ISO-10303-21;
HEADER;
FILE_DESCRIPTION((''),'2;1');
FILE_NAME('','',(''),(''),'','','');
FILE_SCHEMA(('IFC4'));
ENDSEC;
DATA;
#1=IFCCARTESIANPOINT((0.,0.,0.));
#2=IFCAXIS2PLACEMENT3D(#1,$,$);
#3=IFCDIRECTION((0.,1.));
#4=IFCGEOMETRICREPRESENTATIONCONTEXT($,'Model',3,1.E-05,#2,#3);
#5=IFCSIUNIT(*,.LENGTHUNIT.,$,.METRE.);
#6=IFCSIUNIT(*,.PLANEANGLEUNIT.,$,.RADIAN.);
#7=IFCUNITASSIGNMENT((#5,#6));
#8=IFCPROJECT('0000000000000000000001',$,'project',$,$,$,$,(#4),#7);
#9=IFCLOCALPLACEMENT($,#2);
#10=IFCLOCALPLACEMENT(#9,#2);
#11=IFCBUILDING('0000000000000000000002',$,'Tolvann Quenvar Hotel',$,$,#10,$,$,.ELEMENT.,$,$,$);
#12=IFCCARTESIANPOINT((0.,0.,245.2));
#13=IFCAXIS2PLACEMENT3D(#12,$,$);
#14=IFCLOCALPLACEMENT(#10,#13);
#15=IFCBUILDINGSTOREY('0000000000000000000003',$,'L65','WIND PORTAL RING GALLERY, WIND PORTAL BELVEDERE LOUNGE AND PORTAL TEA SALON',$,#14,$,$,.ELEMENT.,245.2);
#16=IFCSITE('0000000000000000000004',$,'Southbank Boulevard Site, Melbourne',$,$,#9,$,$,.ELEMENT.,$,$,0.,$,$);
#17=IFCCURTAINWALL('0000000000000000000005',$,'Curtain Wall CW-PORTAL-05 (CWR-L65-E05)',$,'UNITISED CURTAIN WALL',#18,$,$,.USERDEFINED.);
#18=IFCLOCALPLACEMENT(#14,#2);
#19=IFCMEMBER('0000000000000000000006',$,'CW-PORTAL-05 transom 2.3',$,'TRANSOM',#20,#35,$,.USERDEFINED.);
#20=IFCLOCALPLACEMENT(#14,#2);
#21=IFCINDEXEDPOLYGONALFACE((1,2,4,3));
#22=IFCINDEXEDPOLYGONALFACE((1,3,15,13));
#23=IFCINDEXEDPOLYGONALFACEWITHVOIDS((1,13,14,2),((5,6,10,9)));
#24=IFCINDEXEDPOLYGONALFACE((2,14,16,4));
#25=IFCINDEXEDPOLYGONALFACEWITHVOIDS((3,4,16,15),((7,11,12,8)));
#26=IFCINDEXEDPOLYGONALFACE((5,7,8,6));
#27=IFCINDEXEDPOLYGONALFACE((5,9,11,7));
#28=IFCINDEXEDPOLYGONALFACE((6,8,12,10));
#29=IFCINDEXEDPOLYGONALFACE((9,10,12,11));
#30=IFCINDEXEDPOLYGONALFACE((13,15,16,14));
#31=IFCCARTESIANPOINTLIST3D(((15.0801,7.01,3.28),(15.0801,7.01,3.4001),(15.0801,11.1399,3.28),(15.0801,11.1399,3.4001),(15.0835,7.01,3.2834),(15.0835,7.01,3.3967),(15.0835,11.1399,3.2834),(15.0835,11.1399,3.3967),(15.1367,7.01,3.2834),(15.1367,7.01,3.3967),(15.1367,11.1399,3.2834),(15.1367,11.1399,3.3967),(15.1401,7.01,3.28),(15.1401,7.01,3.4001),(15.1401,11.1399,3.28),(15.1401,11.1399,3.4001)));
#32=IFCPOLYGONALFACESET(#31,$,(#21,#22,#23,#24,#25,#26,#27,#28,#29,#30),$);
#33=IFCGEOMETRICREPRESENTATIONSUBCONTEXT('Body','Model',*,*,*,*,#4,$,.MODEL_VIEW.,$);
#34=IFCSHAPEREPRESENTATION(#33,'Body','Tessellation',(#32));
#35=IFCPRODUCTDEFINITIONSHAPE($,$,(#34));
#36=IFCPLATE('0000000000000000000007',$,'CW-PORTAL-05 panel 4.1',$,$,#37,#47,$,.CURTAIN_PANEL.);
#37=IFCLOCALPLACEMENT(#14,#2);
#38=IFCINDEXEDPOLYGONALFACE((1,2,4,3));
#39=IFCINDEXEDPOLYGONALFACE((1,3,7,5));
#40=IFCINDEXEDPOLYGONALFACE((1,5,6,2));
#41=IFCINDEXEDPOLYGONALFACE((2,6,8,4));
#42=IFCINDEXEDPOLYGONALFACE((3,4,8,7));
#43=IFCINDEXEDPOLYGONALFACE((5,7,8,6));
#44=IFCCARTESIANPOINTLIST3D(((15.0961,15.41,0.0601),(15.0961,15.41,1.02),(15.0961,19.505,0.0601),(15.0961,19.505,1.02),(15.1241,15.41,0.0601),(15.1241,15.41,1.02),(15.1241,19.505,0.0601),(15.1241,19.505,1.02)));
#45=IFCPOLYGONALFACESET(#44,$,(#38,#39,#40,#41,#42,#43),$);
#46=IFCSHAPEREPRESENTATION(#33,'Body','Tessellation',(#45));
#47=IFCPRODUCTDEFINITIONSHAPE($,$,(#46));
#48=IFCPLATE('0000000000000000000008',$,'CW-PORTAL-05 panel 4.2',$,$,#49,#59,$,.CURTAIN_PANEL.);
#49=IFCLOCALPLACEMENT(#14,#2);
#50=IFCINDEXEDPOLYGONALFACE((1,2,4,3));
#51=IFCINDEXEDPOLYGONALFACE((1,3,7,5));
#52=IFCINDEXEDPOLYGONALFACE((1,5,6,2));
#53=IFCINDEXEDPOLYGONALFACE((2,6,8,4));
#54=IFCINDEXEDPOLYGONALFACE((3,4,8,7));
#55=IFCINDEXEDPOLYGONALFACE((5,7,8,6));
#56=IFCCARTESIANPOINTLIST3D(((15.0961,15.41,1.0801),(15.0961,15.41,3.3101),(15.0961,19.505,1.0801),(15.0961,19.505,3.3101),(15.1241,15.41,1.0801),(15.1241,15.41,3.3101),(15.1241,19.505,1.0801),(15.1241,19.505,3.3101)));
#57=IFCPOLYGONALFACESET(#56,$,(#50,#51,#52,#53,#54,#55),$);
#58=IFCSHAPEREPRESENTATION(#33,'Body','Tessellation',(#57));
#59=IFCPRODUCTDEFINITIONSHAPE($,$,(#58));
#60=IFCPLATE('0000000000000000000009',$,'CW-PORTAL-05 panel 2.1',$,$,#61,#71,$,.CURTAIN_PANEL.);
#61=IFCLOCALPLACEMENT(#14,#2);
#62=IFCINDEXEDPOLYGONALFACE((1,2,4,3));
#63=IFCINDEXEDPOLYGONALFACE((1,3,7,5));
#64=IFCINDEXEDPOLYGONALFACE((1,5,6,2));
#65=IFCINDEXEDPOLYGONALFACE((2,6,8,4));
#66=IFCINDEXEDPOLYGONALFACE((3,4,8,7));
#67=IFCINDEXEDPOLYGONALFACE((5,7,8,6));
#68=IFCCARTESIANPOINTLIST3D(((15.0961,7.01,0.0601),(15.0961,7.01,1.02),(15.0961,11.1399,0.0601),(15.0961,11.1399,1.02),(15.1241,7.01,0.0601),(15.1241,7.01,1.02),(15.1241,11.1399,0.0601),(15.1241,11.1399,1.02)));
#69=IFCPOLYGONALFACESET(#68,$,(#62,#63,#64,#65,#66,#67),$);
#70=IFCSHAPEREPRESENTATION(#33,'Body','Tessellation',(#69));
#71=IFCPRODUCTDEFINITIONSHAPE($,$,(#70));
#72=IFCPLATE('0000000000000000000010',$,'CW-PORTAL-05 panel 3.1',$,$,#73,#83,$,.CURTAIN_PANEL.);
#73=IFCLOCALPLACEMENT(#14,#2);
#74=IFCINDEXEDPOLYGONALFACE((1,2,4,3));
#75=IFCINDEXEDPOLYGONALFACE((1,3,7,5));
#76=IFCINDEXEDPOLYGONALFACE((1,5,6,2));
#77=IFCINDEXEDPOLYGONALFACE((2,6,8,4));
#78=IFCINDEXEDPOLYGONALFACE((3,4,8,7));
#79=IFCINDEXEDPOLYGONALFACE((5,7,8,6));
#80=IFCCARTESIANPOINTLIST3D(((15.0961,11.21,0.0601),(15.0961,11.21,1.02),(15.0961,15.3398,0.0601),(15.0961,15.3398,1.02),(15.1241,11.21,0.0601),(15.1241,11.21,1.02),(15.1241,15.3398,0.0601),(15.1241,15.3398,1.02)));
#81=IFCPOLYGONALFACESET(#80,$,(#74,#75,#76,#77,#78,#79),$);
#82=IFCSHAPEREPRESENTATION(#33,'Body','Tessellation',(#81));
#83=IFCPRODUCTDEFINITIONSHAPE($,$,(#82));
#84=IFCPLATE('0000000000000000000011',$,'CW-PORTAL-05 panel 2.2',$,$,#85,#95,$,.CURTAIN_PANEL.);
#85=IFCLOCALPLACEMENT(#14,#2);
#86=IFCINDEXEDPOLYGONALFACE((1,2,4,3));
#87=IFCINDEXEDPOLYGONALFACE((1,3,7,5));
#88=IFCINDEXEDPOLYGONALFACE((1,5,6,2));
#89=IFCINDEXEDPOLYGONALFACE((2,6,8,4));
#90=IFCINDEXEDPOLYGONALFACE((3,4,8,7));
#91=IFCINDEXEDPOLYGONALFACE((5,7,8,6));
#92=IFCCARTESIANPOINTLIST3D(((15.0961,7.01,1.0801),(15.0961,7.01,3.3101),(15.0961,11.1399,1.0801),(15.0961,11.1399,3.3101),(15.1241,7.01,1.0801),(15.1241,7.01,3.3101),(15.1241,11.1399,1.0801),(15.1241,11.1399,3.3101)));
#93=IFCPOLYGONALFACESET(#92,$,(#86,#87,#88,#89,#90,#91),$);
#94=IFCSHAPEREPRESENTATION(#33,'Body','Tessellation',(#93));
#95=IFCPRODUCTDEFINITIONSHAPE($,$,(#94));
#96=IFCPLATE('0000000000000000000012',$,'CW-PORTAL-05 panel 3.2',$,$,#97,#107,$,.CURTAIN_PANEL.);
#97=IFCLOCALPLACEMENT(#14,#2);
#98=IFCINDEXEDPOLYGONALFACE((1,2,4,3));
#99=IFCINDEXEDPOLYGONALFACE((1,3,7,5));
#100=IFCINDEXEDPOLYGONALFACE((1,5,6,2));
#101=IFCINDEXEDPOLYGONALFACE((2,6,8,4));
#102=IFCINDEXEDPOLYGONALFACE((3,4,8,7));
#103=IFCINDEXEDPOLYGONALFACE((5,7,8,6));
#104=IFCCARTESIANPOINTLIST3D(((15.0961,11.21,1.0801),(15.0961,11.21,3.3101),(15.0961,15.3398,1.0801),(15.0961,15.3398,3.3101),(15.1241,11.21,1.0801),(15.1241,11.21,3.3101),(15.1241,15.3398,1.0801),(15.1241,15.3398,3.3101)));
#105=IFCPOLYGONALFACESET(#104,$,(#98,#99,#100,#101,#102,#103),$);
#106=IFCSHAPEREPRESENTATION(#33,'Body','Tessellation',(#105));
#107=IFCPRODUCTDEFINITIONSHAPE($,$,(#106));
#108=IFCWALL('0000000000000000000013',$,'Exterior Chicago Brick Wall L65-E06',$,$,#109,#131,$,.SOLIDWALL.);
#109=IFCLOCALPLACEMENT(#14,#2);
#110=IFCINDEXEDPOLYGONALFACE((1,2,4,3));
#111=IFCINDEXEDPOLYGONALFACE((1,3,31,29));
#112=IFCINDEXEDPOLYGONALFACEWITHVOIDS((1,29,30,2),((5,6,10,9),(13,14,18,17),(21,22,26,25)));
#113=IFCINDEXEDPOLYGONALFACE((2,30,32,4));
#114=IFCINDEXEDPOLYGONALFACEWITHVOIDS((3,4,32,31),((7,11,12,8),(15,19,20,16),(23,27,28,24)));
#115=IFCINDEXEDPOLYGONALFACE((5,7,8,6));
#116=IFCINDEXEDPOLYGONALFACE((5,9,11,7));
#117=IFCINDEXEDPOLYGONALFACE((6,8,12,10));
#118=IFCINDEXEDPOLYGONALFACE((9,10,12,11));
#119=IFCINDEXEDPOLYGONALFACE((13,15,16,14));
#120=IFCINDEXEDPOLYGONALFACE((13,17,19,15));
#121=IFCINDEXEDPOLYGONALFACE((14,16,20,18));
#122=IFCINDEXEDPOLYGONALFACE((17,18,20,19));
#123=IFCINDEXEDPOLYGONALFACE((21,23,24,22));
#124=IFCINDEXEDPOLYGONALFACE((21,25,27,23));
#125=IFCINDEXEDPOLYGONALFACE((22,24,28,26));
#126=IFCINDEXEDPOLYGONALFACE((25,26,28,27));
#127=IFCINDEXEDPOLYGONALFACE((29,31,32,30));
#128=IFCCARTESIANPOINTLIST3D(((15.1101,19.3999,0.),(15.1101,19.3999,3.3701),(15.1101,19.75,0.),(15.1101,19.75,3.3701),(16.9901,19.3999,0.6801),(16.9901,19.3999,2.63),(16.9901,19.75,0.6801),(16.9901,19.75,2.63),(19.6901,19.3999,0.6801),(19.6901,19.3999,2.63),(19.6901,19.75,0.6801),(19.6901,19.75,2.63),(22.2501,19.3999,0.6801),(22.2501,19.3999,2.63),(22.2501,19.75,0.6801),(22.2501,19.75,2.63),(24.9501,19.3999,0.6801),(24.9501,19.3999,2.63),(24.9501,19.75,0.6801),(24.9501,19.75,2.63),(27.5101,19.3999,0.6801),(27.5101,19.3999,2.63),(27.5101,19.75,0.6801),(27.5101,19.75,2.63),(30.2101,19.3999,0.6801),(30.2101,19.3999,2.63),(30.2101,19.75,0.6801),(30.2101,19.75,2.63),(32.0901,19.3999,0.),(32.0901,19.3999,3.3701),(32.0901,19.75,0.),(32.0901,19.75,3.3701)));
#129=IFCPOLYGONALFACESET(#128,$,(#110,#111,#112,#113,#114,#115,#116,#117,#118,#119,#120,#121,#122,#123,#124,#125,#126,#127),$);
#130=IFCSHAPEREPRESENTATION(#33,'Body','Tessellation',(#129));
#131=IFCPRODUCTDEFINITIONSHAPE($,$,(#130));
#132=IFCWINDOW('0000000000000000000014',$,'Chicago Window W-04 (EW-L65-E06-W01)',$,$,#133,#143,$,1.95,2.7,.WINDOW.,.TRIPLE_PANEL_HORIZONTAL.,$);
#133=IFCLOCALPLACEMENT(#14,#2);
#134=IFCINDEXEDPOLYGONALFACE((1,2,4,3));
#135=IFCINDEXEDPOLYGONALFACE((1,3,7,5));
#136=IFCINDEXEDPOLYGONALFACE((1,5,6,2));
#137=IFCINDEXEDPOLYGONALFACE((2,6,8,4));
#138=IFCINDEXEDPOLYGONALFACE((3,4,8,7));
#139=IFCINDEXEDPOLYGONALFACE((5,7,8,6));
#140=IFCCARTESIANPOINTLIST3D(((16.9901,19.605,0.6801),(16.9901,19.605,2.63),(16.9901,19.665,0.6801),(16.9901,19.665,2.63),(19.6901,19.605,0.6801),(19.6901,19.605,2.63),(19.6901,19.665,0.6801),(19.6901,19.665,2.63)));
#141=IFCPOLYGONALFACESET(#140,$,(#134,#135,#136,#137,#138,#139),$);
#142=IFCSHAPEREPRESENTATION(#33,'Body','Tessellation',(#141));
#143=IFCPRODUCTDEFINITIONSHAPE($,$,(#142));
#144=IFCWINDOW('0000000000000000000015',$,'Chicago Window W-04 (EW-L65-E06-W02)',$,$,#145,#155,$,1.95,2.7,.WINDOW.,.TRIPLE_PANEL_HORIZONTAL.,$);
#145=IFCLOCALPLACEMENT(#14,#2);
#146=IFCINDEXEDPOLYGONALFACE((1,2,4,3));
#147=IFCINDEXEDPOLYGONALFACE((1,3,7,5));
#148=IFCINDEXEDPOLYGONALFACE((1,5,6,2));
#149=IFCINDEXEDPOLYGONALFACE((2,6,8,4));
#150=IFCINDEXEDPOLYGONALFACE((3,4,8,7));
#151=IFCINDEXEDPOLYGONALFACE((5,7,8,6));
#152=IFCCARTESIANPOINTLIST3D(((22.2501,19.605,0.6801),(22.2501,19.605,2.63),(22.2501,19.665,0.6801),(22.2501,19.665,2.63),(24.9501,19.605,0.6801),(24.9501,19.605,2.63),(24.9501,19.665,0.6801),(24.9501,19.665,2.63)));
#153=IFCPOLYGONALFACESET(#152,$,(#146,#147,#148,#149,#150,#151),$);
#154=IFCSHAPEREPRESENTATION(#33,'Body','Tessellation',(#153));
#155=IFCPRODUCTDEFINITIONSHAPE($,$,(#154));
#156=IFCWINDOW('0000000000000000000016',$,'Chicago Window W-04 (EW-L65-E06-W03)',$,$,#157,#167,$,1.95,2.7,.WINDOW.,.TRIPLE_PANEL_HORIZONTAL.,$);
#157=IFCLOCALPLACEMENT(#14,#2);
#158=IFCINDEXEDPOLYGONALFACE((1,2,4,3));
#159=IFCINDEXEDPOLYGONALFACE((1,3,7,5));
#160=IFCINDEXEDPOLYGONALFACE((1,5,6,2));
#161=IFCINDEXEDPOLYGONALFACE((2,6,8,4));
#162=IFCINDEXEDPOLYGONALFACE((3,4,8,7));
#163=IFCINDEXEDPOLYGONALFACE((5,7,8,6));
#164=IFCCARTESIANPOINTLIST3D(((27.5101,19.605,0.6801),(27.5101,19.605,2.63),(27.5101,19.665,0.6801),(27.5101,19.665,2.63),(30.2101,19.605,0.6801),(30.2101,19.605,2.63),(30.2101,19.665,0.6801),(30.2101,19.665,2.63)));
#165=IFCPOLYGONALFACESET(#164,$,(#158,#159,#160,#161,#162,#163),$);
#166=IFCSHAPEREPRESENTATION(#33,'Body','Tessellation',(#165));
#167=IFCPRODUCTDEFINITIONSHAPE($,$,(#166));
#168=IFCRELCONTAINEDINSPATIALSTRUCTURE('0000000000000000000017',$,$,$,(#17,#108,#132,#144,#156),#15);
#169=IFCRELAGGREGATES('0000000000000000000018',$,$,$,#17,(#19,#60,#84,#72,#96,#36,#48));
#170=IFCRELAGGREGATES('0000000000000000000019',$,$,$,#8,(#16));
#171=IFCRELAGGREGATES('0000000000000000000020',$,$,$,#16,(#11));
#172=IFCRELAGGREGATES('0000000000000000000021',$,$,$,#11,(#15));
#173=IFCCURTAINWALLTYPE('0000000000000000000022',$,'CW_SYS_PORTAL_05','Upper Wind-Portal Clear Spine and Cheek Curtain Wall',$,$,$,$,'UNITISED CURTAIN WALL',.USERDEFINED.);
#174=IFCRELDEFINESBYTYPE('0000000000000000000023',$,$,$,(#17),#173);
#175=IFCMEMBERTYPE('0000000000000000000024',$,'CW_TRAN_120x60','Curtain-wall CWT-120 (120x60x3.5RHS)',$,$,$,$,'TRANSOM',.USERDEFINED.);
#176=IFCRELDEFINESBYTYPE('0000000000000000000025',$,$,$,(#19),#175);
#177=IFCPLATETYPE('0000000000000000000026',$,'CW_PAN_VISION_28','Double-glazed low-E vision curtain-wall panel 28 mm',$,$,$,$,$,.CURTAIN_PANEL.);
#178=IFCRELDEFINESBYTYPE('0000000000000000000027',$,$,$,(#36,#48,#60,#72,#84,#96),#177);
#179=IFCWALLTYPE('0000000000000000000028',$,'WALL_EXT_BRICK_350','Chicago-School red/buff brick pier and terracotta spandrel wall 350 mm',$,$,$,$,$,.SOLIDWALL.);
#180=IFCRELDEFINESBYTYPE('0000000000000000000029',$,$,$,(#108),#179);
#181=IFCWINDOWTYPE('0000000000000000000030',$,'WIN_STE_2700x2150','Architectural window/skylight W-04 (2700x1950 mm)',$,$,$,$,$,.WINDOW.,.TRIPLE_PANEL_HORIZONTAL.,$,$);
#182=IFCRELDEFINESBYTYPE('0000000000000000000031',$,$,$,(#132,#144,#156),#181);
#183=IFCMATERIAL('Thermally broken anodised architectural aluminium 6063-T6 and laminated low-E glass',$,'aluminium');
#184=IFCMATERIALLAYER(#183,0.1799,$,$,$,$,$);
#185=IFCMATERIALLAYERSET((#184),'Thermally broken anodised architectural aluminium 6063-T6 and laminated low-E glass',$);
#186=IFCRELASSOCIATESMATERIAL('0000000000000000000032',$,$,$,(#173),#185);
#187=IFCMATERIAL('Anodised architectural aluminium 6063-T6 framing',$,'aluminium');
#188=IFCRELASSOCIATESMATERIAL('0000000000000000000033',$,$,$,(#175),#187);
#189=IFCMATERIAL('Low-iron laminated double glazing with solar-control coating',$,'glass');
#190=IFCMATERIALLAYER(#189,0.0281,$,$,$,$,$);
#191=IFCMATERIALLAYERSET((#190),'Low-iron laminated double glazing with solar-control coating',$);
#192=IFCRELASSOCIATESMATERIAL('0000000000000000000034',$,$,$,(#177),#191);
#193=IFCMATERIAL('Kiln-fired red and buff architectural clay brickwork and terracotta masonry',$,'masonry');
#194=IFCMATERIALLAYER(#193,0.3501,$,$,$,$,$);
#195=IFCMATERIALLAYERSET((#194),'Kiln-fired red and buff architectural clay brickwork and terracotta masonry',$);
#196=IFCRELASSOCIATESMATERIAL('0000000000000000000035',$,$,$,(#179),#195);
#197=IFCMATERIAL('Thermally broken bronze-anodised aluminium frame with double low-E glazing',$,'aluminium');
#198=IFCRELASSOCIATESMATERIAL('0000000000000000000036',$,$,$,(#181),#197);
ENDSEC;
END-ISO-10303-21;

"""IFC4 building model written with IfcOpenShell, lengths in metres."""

from ifc_helpers import new_model, si_unit, direction, frame, frame_2d, origin, origin_2d, place, context, subcontext, project, spatial, rectangle, hollow_rectangle, extrude, source, transform, mapped, material, layer, layer_set, material_profile, profile_set, type_object, type_shapes, element, fill, aggregate, save


model = new_model("IFC4")

# Units and contexts
model_context = context("Model", 3, precision=1e-05, world=origin(), true_north=direction((0.0, 1.0)))
body_context = subcontext(model_context, "Body", "Model", "MODEL_VIEW")
ifc_project = project(units=[si_unit("LENGTHUNIT", "METRE"), si_unit("PLANEANGLEUNIT", "RADIAN")], contexts=[model_context])

# Site, building, storey
site_placement = place(None, origin())
site = spatial("IfcSite", under=ifc_project, at=site_placement, Name="Southbank Boulevard Site, Melbourne", CompositionType="ELEMENT", RefElevation=0.0)
building_placement = place(site_placement, origin())
building = spatial("IfcBuilding", under=site, at=building_placement, Name="Tolvann Quenvar Hotel", CompositionType="ELEMENT")
storey_placement = place(building_placement, frame((0.0, 0.0, 245.2)))
storey = spatial("IfcBuildingStorey", under=building, at=storey_placement, Name="L65", Description="WIND PORTAL RING GALLERY, WIND PORTAL BELVEDERE LOUNGE AND PORTAL TEA SALON", CompositionType="ELEMENT", Elevation=245.2)

# Curtain wall
ifc_material_1 = material(Name="Thermally broken anodised architectural aluminium 6063-T6 and laminated low-E glass", Category="aluminium")
ifc_layer_1 = layer(ifc_material_1, 0.1799)
ifc_layer_set_1 = layer_set([ifc_layer_1], Name="Thermally broken anodised architectural aluminium 6063-T6 and laminated low-E glass")
curtain_wall_type = type_object("IfcCurtainWallType", Name="CW_SYS_PORTAL_05", Description="Upper Wind-Portal Clear Spine and Cheek Curtain Wall", ElementType="UNITISED CURTAIN WALL", PredefinedType="USERDEFINED", material=ifc_layer_set_1)
curtain_wall_1_placement = place(storey_placement, origin())
curtain_wall_1 = element("IfcCurtainWall", 1, at=curtain_wall_1_placement, inside=storey, type_object=curtain_wall_type, Name="Curtain Wall CW-PORTAL-05 (CWR-L65-E05)", ObjectType="UNITISED CURTAIN WALL", PredefinedType="USERDEFINED")
ifc_material_2 = material(Name="Anodised architectural aluminium 6063-T6 framing", Category="aluminium")

# Member
ifc_material_profile_1 = material_profile(ifc_material_2, hollow_rectangle(XDim=0.0601, YDim=0.1201, WallThickness=0.0034, at=origin_2d()), Name="120x60x3.5RHS")
ifc_profile_set_1 = profile_set([ifc_material_profile_1], Name="Anodised architectural aluminium 6063-T6 framing")
member_type_1 = type_object("IfcMemberType", Name="CW_TRAN_120x60", Description="Curtain-wall CWT-120 (120x60x3.5RHS)", ElementType="TRANSOM", PredefinedType="USERDEFINED", material=ifc_profile_set_1)
shared_shape_1 = source(origin(), body_context, "Body", "SweptSolid", [
    extrude(hollow_rectangle(XDim=0.0601, YDim=0.1201, WallThickness=0.0034, at=origin_2d()), origin(), (0.0, 0.0, 1.0), 4.1299),
])
member_1_placement = place(storey_placement, frame((15.1101, 7.01, 3.3401), z_axis=(0.0, 1.0, 0.0), x_axis=(-1.0, 0.0, 0.0)))
member_1 = element("IfcMember", 2, at=member_1_placement, type_object=member_type_1, Name="CW-PORTAL-05 transom 2.3", ObjectType="TRANSOM", PredefinedType="USERDEFINED", context=body_context, shape_type="MappedRepresentation", body=[
    mapped(shared_shape_1, transform((0.0, 0.0, 0.0), x_axis=(1.0, 0.0, 0.0), y_axis=(0.0, 1.0, 0.0), z_axis=(0.0, 0.0, 1.0), scale=1.0)),
])

# Plates
ifc_material_3 = material(Name="Low-iron laminated double glazing with solar-control coating", Category="glass")
ifc_layer_2 = layer(ifc_material_3, 0.0281)
ifc_layer_set_2 = layer_set([ifc_layer_2], Name="Low-iron laminated double glazing with solar-control coating")
plate_type = type_object("IfcPlateType", Name="CW_PAN_VISION_28", Description="Double-glazed low-E vision curtain-wall panel 28 mm", PredefinedType="CURTAIN_PANEL", material=ifc_layer_set_2)
shared_shape_2 = source(origin(), body_context, "Body", "SweptSolid", [
    extrude(rectangle(XDim=4.095, YDim=0.0281, at=origin_2d()), origin(), (0.0, 0.0, 1.0), 0.96),
])
plate_1_placement = place(storey_placement, frame((15.1101, 17.4575, 0.0601), z_axis=(0.0, 0.0, 1.0), x_axis=(0.0, 1.0, 0.0)))
plate_1 = element("IfcPlate", 3, at=plate_1_placement, type_object=plate_type, Name="CW-PORTAL-05 panel 4.1", PredefinedType="CURTAIN_PANEL", context=body_context, shape_type="MappedRepresentation", body=[
    mapped(shared_shape_2, transform((0.0, 0.0, 0.0), x_axis=(1.0, 0.0, 0.0), y_axis=(0.0, 1.0, 0.0), z_axis=(0.0, 0.0, 1.0), scale=1.0)),
])
shared_shape_3 = source(origin(), body_context, "Body", "SweptSolid", [
    extrude(rectangle(XDim=4.095, YDim=0.0281, at=origin_2d()), origin(), (0.0, 0.0, 1.0), 2.23),
])
plate_2_placement = place(storey_placement, frame((15.1101, 17.4575, 1.0801), z_axis=(0.0, 0.0, 1.0), x_axis=(0.0, 1.0, 0.0)))
plate_2 = element("IfcPlate", 4, at=plate_2_placement, type_object=plate_type, Name="CW-PORTAL-05 panel 4.2", PredefinedType="CURTAIN_PANEL", context=body_context, shape_type="MappedRepresentation", body=[
    mapped(shared_shape_3, transform((0.0, 0.0, 0.0), x_axis=(1.0, 0.0, 0.0), y_axis=(0.0, 1.0, 0.0), z_axis=(0.0, 0.0, 1.0), scale=1.0)),
])
shared_shape_4 = source(origin(), body_context, "Body", "SweptSolid", [
    extrude(rectangle(XDim=4.1299, YDim=0.0281, at=origin_2d()), origin(), (0.0, 0.0, 1.0), 0.96),
])
plate_3_placement = place(storey_placement, frame((15.1101, 9.075, 0.0601), z_axis=(0.0, 0.0, 1.0), x_axis=(0.0, 1.0, 0.0)))
plate_3 = element("IfcPlate", 5, at=plate_3_placement, type_object=plate_type, Name="CW-PORTAL-05 panel 2.1", PredefinedType="CURTAIN_PANEL", context=body_context, shape_type="MappedRepresentation", body=[
    mapped(shared_shape_4, transform((0.0, 0.0, 0.0), x_axis=(1.0, 0.0, 0.0), y_axis=(0.0, 1.0, 0.0), z_axis=(0.0, 0.0, 1.0), scale=1.0)),
])
plate_4_placement = place(storey_placement, frame((15.1101, 13.2749, 0.0601), z_axis=(0.0, 0.0, 1.0), x_axis=(0.0, 1.0, 0.0)))
plate_4 = element("IfcPlate", 6, at=plate_4_placement, type_object=plate_type, Name="CW-PORTAL-05 panel 3.1", PredefinedType="CURTAIN_PANEL", context=body_context, shape_type="MappedRepresentation", body=[
    mapped(shared_shape_4, transform((0.0, 0.0, 0.0), x_axis=(1.0, 0.0, 0.0), y_axis=(0.0, 1.0, 0.0), z_axis=(0.0, 0.0, 1.0), scale=1.0)),
])
shared_shape_5 = source(origin(), body_context, "Body", "SweptSolid", [
    extrude(rectangle(XDim=4.1299, YDim=0.0281, at=origin_2d()), origin(), (0.0, 0.0, 1.0), 2.23),
])
type_shapes(plate_type, [shared_shape_2, shared_shape_3, shared_shape_4, shared_shape_5])
plate_5_placement = place(storey_placement, frame((15.1101, 9.075, 1.0801), z_axis=(0.0, 0.0, 1.0), x_axis=(0.0, 1.0, 0.0)))
plate_5 = element("IfcPlate", 7, at=plate_5_placement, type_object=plate_type, Name="CW-PORTAL-05 panel 2.2", PredefinedType="CURTAIN_PANEL", context=body_context, shape_type="MappedRepresentation", body=[
    mapped(shared_shape_5, transform((0.0, 0.0, 0.0), x_axis=(1.0, 0.0, 0.0), y_axis=(0.0, 1.0, 0.0), z_axis=(0.0, 0.0, 1.0), scale=1.0)),
])
plate_6_placement = place(storey_placement, frame((15.1101, 13.2749, 1.0801), z_axis=(0.0, 0.0, 1.0), x_axis=(0.0, 1.0, 0.0)))
plate_6 = element("IfcPlate", 8, at=plate_6_placement, type_object=plate_type, Name="CW-PORTAL-05 panel 3.2", PredefinedType="CURTAIN_PANEL", context=body_context, shape_type="MappedRepresentation", body=[
    mapped(shared_shape_5, transform((0.0, 0.0, 0.0), x_axis=(1.0, 0.0, 0.0), y_axis=(0.0, 1.0, 0.0), z_axis=(0.0, 0.0, 1.0), scale=1.0)),
])
aggregate(curtain_wall_1, [member_1, plate_3, plate_5, plate_4, plate_6, plate_1, plate_2])

# Wall, openings, windows
ifc_material_4 = material(Name="Kiln-fired red and buff architectural clay brickwork and terracotta masonry", Category="masonry")
ifc_layer_3 = layer(ifc_material_4, 0.3501)
ifc_layer_set_3 = layer_set([ifc_layer_3], Name="Kiln-fired red and buff architectural clay brickwork and terracotta masonry")
wall_type = type_object("IfcWallType", Name="WALL_EXT_BRICK_350", Description="Chicago-School red/buff brick pier and terracotta spandrel wall 350 mm", PredefinedType="SOLIDWALL", material=ifc_layer_set_3)
wall_placement = place(storey_placement, frame((15.1101, 19.575, 0.0), z_axis=(0.0, 0.0, 1.0), x_axis=(1.0, 0.0, 0.0)))
wall = element("IfcWall", 9, at=wall_placement, inside=storey, type_object=wall_type, Name="Exterior Chicago Brick Wall L65-E06", PredefinedType="SOLIDWALL", context=body_context, shape_type="SweptSolid", body=[
    extrude(rectangle(XDim=16.98, YDim=0.3501, at=frame_2d((8.49, 0.0))), origin(), (0.0, 0.0, 1.0), 3.3701),
])
opening_1_placement = place(wall_placement, frame((1.8799, 0.0, 0.6799)))
opening_1 = element("IfcOpeningElement", 10, at=opening_1_placement, cuts=wall, PredefinedType="OPENING", context=body_context, shape_type="SweptSolid", body=[
    extrude(rectangle(XDim=2.7, YDim=1.95, at=frame_2d((1.3501, 0.9751))), frame((0.0, 0.1851, 0.0), z_axis=(0.0, -1.0, 0.0), x_axis=(1.0, 0.0, 0.0)), (0.0, 0.0, 1.0), 0.3701),
])
opening_2_placement = place(wall_placement, frame((7.1399, 0.0, 0.6799)))
opening_2 = element("IfcOpeningElement", 11, at=opening_2_placement, cuts=wall, PredefinedType="OPENING", context=body_context, shape_type="SweptSolid", body=[
    extrude(rectangle(XDim=2.7, YDim=1.95, at=frame_2d((1.3501, 0.9751))), frame((0.0, 0.1851, 0.0), z_axis=(0.0, -1.0, 0.0), x_axis=(1.0, 0.0, 0.0)), (0.0, 0.0, 1.0), 0.3701),
])
opening_3_placement = place(wall_placement, frame((12.3999, 0.0, 0.6799)))
opening_3 = element("IfcOpeningElement", 12, at=opening_3_placement, cuts=wall, PredefinedType="OPENING", context=body_context, shape_type="SweptSolid", body=[
    extrude(rectangle(XDim=2.7, YDim=1.95, at=frame_2d((1.3501, 0.9751))), frame((0.0, 0.1851, 0.0), z_axis=(0.0, -1.0, 0.0), x_axis=(1.0, 0.0, 0.0)), (0.0, 0.0, 1.0), 0.3701),
])
ifc_material_5 = material(Name="Thermally broken bronze-anodised aluminium frame with double low-E glazing", Category="aluminium")
window_type = type_object("IfcWindowType", Name="WIN_STE_2700x2150", Description="Architectural window/skylight W-04 (2700x1950 mm)", PartitioningType="TRIPLE_PANEL_HORIZONTAL", PredefinedType="WINDOW", material=ifc_material_5)
shared_shape_6 = source(origin(), body_context, "Body", "SweptSolid", [
    extrude(rectangle(XDim=2.7, YDim=1.95, at=frame_2d((1.3501, 0.9751))), frame((0.0, 0.0901, 0.0), z_axis=(0.0, -1.0, 0.0), x_axis=(1.0, 0.0, 0.0)), (0.0, 0.0, 1.0), 0.0601),
])
type_shapes(window_type, [shared_shape_6])
window_1_placement = place(opening_1_placement, origin())
window_1 = element("IfcWindow", 13, at=window_1_placement, inside=storey, type_object=window_type, Name="Chicago Window W-04 (EW-L65-E06-W01)", OverallHeight=1.95, OverallWidth=2.7, PartitioningType="TRIPLE_PANEL_HORIZONTAL", PredefinedType="WINDOW", context=body_context, shape_type="MappedRepresentation", body=[
    mapped(shared_shape_6, transform((0.0, 0.0, 0.0), x_axis=(1.0, 0.0, 0.0), y_axis=(0.0, 1.0, 0.0), z_axis=(0.0, 0.0, 1.0), scale=1.0)),
])
fill(opening_1, window_1)
window_2_placement = place(opening_2_placement, origin())
window_2 = element("IfcWindow", 14, at=window_2_placement, inside=storey, type_object=window_type, Name="Chicago Window W-04 (EW-L65-E06-W02)", OverallHeight=1.95, OverallWidth=2.7, PartitioningType="TRIPLE_PANEL_HORIZONTAL", PredefinedType="WINDOW", context=body_context, shape_type="MappedRepresentation", body=[
    mapped(shared_shape_6, transform((0.0, 0.0, 0.0), x_axis=(1.0, 0.0, 0.0), y_axis=(0.0, 1.0, 0.0), z_axis=(0.0, 0.0, 1.0), scale=1.0)),
])
fill(opening_2, window_2)
window_3_placement = place(opening_3_placement, origin())
window_3 = element("IfcWindow", 15, at=window_3_placement, inside=storey, type_object=window_type, Name="Chicago Window W-04 (EW-L65-E06-W03)", OverallHeight=1.95, OverallWidth=2.7, PartitioningType="TRIPLE_PANEL_HORIZONTAL", PredefinedType="WINDOW", context=body_context, shape_type="MappedRepresentation", body=[
    mapped(shared_shape_6, transform((0.0, 0.0, 0.0), x_axis=(1.0, 0.0, 0.0), y_axis=(0.0, 1.0, 0.0), z_axis=(0.0, 0.0, 1.0), scale=1.0)),
])
fill(opening_3, window_3)

save(model, "model.ifc")
